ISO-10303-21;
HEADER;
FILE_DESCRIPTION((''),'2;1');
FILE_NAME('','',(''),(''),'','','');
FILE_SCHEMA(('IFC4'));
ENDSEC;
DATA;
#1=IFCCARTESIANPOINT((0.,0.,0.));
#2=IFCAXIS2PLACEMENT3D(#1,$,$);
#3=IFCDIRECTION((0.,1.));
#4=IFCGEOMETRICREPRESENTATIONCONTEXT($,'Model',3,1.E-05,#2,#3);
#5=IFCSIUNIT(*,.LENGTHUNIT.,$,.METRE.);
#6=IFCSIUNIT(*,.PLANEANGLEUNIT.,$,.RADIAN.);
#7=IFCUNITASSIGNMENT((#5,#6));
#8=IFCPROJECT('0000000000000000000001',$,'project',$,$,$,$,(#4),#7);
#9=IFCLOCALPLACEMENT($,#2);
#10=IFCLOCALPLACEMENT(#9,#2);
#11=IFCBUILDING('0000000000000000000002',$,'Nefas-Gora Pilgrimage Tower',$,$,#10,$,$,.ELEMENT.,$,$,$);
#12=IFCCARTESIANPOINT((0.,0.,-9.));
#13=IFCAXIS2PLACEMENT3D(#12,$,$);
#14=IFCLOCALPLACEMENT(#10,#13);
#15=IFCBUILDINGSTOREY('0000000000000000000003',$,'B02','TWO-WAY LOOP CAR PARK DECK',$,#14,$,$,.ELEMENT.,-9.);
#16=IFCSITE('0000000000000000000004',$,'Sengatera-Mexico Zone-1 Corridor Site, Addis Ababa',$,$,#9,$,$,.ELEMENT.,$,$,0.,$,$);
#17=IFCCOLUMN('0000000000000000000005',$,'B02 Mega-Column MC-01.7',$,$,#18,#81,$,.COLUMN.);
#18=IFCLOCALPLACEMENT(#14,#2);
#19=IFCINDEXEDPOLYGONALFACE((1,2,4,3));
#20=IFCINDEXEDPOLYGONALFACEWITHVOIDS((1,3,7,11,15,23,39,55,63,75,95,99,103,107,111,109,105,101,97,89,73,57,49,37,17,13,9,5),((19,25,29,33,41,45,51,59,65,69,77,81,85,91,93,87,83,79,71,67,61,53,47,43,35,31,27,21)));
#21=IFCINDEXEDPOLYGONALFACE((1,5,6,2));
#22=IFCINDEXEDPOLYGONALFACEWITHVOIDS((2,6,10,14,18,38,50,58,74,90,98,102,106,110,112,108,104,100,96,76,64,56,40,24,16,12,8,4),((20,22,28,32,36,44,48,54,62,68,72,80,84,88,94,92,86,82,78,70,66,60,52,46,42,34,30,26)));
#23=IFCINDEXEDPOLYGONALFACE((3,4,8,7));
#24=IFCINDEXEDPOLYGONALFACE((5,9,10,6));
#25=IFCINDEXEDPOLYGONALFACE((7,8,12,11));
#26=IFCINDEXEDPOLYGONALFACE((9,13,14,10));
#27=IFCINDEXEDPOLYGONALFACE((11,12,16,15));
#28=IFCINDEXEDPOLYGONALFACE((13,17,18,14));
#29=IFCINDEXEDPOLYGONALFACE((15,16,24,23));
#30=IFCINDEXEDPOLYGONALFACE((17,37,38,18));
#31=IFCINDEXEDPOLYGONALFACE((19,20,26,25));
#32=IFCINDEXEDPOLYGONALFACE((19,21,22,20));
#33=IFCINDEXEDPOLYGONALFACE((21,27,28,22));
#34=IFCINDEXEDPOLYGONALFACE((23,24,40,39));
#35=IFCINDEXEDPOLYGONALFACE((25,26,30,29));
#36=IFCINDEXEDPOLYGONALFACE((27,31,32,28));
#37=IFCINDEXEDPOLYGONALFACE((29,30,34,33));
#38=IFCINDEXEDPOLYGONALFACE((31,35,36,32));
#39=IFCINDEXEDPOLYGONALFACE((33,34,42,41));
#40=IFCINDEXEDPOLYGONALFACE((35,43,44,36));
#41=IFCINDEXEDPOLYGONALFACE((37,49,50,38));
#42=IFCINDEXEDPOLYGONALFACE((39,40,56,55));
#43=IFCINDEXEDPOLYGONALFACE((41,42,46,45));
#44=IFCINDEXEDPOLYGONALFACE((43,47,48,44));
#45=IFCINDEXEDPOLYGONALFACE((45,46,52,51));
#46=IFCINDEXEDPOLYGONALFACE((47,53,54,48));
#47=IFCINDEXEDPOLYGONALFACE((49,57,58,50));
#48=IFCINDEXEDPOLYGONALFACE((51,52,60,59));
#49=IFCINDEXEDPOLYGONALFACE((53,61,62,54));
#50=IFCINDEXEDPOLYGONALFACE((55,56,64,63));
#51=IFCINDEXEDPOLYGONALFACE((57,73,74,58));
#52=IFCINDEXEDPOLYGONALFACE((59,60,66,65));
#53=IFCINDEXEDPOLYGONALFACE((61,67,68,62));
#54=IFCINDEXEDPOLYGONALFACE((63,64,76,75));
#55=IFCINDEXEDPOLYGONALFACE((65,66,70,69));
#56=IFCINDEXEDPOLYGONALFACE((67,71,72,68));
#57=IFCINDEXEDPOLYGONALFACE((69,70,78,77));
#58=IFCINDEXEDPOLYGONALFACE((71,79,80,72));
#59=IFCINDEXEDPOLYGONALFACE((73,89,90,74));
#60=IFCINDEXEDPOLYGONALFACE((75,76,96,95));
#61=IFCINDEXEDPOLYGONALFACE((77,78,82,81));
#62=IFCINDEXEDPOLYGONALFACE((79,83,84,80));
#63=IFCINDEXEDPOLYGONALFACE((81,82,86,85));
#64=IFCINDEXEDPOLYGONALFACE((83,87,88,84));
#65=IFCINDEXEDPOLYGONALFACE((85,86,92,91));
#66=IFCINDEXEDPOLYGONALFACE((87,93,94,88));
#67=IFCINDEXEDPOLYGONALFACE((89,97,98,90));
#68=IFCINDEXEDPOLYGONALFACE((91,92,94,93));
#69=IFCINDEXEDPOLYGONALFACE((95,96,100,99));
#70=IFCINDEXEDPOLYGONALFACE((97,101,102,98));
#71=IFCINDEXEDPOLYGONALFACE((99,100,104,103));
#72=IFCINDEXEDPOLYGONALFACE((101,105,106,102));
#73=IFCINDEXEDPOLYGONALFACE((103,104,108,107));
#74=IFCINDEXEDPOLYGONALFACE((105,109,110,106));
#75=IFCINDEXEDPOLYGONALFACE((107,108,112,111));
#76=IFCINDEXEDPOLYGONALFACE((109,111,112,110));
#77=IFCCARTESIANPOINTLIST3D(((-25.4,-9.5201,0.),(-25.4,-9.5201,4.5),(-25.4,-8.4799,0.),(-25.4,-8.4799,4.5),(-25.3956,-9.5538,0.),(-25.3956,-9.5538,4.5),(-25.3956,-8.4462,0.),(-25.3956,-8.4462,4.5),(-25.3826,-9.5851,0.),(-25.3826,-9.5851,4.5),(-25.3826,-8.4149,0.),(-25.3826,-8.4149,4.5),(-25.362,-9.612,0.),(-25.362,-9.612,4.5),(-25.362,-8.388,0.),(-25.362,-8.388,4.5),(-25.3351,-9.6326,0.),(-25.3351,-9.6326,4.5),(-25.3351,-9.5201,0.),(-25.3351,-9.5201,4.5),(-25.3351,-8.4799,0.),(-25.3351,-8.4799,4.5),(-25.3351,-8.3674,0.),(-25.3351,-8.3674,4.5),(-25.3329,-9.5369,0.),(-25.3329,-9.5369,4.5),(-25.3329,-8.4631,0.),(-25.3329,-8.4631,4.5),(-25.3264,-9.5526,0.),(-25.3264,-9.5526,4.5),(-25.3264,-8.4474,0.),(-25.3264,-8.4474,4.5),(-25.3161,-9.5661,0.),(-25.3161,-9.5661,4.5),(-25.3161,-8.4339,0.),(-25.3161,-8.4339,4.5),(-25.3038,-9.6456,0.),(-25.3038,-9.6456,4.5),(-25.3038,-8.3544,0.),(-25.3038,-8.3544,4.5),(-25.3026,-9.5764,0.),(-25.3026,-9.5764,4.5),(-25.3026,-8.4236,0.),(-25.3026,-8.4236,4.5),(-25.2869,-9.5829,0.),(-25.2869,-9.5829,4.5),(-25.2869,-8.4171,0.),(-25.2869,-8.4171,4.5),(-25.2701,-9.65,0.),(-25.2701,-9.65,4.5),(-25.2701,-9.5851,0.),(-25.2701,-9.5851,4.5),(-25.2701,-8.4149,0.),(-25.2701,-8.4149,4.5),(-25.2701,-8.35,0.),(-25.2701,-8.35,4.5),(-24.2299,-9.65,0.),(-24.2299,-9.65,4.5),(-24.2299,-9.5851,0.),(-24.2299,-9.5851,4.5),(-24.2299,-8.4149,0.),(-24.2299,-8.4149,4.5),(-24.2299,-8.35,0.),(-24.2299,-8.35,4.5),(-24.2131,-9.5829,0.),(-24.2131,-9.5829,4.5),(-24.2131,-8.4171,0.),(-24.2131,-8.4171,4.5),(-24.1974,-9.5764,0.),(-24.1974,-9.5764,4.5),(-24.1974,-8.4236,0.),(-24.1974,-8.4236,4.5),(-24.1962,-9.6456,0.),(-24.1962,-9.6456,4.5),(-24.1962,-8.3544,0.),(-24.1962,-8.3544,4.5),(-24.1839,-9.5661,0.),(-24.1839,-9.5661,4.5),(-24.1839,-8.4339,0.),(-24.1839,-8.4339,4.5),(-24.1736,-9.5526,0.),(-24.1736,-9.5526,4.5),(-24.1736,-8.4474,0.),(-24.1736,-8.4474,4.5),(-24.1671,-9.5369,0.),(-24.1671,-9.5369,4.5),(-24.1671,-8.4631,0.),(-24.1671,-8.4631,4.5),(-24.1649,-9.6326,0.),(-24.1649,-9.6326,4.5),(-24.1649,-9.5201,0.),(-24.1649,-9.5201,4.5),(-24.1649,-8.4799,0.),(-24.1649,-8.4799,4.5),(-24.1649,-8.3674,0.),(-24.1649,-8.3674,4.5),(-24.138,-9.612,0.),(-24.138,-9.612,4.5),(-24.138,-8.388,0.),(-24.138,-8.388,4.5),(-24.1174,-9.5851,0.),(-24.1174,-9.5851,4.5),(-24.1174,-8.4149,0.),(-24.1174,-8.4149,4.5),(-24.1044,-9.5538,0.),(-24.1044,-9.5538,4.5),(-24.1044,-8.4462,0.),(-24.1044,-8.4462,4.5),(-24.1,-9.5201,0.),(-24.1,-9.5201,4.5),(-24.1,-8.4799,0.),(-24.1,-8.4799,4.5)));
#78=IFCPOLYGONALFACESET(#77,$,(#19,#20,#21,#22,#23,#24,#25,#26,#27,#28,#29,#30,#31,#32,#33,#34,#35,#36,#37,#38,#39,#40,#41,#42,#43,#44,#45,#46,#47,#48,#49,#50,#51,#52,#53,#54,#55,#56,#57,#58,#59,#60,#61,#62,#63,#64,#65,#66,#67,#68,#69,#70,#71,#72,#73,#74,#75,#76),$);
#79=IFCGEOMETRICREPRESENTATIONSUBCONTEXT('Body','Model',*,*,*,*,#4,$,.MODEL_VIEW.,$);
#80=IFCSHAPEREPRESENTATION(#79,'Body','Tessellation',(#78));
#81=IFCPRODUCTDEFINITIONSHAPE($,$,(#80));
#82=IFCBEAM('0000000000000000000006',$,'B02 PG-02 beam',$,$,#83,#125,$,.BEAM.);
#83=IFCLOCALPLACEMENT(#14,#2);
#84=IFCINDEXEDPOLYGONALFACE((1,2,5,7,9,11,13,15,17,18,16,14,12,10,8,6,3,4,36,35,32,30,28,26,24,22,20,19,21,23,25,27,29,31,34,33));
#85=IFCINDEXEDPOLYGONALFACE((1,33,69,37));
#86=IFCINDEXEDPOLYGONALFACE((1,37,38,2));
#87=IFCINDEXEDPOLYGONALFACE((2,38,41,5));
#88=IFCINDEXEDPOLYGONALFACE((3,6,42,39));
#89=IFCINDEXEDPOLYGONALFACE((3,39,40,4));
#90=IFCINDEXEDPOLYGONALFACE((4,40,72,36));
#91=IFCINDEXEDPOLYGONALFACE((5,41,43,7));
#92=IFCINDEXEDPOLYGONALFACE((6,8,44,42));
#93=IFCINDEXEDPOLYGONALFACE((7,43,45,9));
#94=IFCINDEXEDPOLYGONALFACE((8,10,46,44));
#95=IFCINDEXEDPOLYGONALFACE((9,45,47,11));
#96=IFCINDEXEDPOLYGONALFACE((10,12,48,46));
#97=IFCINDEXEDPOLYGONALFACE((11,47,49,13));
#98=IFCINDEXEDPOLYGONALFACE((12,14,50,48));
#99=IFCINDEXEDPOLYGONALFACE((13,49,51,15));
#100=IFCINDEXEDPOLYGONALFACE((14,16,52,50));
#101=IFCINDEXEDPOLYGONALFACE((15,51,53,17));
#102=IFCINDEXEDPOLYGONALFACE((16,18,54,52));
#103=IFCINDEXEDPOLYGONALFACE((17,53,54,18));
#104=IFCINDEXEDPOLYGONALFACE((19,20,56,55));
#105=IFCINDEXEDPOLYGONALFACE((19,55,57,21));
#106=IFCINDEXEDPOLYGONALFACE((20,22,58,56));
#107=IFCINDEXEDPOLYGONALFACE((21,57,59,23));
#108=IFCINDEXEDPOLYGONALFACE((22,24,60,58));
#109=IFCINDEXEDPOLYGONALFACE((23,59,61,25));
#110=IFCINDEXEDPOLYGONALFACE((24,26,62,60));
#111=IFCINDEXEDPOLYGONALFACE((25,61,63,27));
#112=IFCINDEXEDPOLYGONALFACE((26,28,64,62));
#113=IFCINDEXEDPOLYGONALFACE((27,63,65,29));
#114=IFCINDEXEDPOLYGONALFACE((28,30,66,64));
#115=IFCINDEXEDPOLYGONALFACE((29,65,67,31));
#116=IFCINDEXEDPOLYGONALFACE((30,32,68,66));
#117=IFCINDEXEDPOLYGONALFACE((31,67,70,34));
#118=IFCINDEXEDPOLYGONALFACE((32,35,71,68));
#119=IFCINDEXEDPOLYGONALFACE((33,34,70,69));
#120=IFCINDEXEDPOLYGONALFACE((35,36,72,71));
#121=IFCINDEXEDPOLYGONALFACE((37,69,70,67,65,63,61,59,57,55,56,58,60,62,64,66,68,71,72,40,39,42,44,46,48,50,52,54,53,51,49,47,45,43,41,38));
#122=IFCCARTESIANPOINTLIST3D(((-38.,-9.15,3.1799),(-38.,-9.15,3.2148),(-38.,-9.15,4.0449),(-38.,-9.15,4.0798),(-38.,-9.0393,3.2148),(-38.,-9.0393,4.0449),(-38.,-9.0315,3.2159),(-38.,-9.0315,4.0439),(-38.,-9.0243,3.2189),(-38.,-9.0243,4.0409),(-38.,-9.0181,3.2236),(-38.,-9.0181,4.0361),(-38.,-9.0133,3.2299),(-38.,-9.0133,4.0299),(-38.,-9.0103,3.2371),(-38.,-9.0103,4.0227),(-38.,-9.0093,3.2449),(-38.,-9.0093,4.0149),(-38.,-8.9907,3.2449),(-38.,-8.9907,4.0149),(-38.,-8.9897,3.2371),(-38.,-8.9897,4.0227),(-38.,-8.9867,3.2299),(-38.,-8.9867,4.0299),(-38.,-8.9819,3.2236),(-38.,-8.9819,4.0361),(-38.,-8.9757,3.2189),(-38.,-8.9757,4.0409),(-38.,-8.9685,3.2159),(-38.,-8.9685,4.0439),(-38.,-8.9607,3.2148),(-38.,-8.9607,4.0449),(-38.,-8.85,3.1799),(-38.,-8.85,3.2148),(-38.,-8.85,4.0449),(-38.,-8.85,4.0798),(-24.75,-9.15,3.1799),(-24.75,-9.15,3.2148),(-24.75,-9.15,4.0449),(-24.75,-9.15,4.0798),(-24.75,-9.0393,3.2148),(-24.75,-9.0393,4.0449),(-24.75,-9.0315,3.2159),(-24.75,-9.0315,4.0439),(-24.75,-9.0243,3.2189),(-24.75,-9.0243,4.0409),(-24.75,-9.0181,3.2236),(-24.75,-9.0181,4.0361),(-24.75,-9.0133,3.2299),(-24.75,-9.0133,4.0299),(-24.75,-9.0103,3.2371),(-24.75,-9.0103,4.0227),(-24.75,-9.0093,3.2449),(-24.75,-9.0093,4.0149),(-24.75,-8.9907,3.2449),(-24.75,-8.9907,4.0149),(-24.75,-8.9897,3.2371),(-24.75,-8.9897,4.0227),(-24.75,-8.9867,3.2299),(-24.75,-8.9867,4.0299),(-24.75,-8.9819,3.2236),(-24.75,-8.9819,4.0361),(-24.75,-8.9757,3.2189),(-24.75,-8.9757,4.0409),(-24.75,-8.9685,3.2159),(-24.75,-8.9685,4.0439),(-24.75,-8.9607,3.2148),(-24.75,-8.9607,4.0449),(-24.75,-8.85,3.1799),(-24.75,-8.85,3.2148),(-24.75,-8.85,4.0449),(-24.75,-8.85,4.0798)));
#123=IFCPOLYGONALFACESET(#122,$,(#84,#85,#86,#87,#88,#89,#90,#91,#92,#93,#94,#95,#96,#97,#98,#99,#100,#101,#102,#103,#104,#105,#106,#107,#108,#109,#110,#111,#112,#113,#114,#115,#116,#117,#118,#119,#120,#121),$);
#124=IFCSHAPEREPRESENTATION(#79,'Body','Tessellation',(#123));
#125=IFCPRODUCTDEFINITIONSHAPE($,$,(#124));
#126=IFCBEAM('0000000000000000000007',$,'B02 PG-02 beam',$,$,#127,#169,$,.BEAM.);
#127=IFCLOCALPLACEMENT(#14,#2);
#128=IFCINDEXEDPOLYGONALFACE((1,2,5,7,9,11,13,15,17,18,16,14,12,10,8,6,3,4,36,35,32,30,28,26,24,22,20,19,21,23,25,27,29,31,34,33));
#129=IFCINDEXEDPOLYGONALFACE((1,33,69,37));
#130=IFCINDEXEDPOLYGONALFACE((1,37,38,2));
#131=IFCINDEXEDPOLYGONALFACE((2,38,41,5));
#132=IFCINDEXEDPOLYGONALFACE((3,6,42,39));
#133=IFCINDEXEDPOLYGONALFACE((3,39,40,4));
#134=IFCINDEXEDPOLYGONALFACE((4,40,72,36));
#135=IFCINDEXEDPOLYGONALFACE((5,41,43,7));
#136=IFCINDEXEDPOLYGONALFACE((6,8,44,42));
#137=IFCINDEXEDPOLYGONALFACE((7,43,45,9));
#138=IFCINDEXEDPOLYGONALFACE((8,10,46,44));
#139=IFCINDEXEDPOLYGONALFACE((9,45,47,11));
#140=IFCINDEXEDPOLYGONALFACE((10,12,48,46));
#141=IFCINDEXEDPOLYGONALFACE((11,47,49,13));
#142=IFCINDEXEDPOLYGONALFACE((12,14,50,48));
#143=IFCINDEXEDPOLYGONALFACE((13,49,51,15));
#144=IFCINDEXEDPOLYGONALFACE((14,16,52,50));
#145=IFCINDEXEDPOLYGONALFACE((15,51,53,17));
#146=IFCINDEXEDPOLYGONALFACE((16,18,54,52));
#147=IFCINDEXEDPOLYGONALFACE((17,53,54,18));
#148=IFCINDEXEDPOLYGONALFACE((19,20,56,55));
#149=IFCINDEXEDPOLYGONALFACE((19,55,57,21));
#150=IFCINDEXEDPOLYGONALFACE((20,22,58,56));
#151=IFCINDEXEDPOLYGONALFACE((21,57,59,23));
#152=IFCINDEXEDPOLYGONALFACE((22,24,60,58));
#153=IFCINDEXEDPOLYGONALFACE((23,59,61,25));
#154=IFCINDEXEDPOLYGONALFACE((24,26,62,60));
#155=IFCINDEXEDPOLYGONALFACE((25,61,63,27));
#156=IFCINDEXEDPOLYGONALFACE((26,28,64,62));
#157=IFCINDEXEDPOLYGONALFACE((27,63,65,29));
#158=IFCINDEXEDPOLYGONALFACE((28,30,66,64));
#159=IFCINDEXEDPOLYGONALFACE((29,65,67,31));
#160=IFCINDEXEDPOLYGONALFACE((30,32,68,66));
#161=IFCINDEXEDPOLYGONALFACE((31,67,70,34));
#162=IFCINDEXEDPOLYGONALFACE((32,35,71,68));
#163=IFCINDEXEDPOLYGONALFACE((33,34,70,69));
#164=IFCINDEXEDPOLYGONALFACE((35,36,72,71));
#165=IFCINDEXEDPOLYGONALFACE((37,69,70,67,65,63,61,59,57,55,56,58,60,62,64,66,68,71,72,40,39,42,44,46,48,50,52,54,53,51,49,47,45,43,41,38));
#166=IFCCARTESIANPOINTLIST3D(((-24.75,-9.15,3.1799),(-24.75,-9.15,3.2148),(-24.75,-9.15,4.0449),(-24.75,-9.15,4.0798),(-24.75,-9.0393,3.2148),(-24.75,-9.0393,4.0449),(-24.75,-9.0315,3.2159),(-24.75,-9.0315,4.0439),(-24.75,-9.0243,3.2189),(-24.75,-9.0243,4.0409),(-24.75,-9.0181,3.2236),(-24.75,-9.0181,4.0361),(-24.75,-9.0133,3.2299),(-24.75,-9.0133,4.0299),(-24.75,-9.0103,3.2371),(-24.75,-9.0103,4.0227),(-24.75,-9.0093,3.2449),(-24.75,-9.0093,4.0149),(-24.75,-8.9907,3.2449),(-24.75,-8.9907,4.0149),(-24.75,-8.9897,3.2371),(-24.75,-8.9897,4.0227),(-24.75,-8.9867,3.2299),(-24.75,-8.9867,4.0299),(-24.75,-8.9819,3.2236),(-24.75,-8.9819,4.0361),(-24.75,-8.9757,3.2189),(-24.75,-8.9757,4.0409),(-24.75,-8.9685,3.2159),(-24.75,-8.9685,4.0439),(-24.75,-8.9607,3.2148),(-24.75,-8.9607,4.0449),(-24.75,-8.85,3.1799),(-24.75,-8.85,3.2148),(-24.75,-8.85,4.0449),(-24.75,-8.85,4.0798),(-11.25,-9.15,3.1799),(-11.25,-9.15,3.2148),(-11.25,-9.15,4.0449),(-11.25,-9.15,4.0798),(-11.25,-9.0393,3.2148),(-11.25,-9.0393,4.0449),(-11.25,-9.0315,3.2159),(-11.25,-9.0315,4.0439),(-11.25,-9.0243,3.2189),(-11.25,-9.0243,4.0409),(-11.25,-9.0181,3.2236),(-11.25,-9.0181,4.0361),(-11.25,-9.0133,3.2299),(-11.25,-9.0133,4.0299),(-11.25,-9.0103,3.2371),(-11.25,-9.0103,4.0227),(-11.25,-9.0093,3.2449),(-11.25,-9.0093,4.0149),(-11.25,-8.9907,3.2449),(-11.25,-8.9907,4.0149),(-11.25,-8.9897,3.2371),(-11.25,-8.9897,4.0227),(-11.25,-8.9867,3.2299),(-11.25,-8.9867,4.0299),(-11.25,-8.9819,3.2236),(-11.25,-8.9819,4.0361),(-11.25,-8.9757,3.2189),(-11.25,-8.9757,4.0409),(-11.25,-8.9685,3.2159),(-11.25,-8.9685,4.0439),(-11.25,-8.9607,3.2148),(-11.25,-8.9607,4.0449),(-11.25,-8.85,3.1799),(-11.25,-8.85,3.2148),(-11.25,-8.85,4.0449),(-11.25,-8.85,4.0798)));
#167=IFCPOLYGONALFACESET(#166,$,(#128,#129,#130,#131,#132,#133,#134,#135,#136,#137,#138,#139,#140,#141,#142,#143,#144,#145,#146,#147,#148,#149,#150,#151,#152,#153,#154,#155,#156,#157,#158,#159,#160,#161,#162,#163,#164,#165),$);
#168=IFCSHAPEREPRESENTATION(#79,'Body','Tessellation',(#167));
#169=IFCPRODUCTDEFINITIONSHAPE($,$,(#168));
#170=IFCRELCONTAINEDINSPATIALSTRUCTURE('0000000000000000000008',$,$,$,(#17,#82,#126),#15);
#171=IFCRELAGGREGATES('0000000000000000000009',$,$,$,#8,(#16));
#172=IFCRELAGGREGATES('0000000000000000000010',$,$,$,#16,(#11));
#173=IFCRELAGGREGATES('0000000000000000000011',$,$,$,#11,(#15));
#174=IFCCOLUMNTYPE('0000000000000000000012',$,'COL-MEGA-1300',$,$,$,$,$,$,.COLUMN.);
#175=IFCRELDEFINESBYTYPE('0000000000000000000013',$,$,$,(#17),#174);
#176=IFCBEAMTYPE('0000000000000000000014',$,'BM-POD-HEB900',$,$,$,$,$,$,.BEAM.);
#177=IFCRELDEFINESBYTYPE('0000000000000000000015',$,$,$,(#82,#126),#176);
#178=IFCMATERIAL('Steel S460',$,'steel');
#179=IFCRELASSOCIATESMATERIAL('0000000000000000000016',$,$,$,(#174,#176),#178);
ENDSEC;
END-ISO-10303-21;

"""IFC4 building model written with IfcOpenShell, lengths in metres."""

from ifc_helpers import new_model, si_unit, direction, frame, origin, origin_2d, place, context, subcontext, project, spatial, hollow_rectangle, i_section, extrude, source, transform, mapped, material, material_profile, profile_set, type_object, element, save


model = new_model("IFC4")

# Units and contexts
model_context = context("Model", 3, precision=1e-05, world=origin(), true_north=direction((0.0, 1.0)))
body_context = subcontext(model_context, "Body", "Model", "MODEL_VIEW")
ifc_project = project(units=[si_unit("LENGTHUNIT", "METRE"), si_unit("PLANEANGLEUNIT", "RADIAN")], contexts=[model_context])

# Site, building, storey
site_placement = place(None, origin())
site = spatial("IfcSite", under=ifc_project, at=site_placement, Name="Sengatera-Mexico Zone-1 Corridor Site, Addis Ababa", CompositionType="ELEMENT", RefElevation=0.0)
building_placement = place(site_placement, origin())
building = spatial("IfcBuilding", under=site, at=building_placement, Name="Nefas-Gora Pilgrimage Tower", CompositionType="ELEMENT")
storey_placement = place(building_placement, frame((0.0, 0.0, -9.0)))
storey = spatial("IfcBuildingStorey", under=building, at=storey_placement, Name="B02", Description="TWO-WAY LOOP CAR PARK DECK", CompositionType="ELEMENT", Elevation=-9.0)

# Column
ifc_material_1 = material(Name="Steel S460", Category="steel")
ifc_material_profile_1 = material_profile(ifc_material_1, hollow_rectangle(XDim=1.3, YDim=1.3, WallThickness=0.0649, InnerFilletRadius=0.0649, OuterFilletRadius=0.1299, at=origin_2d()), Name="BOX 1300x1300x65")
ifc_profile_set_1 = profile_set([ifc_material_profile_1], Name="Steel S460")
column_type_1 = type_object("IfcColumnType", Name="COL-MEGA-1300", PredefinedType="COLUMN", material=ifc_profile_set_1)
shared_shape_1 = source(origin(), body_context, "Body", "SweptSolid", [
    extrude(hollow_rectangle(XDim=1.3, YDim=1.3, WallThickness=0.0649, InnerFilletRadius=0.0649, OuterFilletRadius=0.1299, at=origin_2d()), origin(), (0.0, 0.0, 1.0), 4.5),
])
column_1_placement = place(storey_placement, frame((-24.75, -9.0, 0.0), z_axis=(0.0, 0.0, 1.0), x_axis=(1.0, 0.0, 0.0)))
element("IfcColumn", 1, at=column_1_placement, inside=storey, type_object=column_type_1, Name="B02 Mega-Column MC-01.7", PredefinedType="COLUMN", context=body_context, shape_type="MappedRepresentation", body=[
    mapped(shared_shape_1, transform((0.0, 0.0, 0.0), x_axis=(1.0, 0.0, 0.0), y_axis=(0.0, 1.0, 0.0), z_axis=(0.0, 0.0, 1.0), scale=1.0)),
])

# Beams
ifc_material_profile_2 = material_profile(ifc_material_1, i_section(OverallWidth=0.3, OverallDepth=0.8999, WebThickness=0.0186, FlangeThickness=0.0349, FilletRadius=0.03, at=origin_2d()), Name="HEB 900")
ifc_profile_set_2 = profile_set([ifc_material_profile_2], Name="Steel S460")
beam_type_1 = type_object("IfcBeamType", Name="BM-POD-HEB900", PredefinedType="BEAM", material=ifc_profile_set_2)
shared_shape_2 = source(origin(), body_context, "Body", "SweptSolid", [
    extrude(i_section(OverallWidth=0.3, OverallDepth=0.8999, WebThickness=0.0186, FlangeThickness=0.0349, FilletRadius=0.03, at=origin_2d()), origin(), (0.0, 0.0, 1.0), 13.25),
])
beam_1_placement = place(storey_placement, frame((-38.0, -9.0, 3.6299), z_axis=(1.0, 0.0, 0.0), x_axis=(0.0, 1.0, 0.0)))
element("IfcBeam", 2, at=beam_1_placement, inside=storey, type_object=beam_type_1, Name="B02 PG-02 beam", PredefinedType="BEAM", context=body_context, shape_type="MappedRepresentation", body=[
    mapped(shared_shape_2, transform((0.0, 0.0, 0.0), x_axis=(1.0, 0.0, 0.0), y_axis=(0.0, 1.0, 0.0), z_axis=(0.0, 0.0, 1.0), scale=1.0)),
])
shared_shape_3 = source(origin(), body_context, "Body", "SweptSolid", [
    extrude(i_section(OverallWidth=0.3, OverallDepth=0.8999, WebThickness=0.0186, FlangeThickness=0.0349, FilletRadius=0.03, at=origin_2d()), origin(), (0.0, 0.0, 1.0), 13.5),
])
beam_2_placement = place(storey_placement, frame((-24.75, -9.0, 3.6299), z_axis=(1.0, 0.0, 0.0), x_axis=(0.0, 1.0, 0.0)))
element("IfcBeam", 3, at=beam_2_placement, inside=storey, type_object=beam_type_1, Name="B02 PG-02 beam", PredefinedType="BEAM", context=body_context, shape_type="MappedRepresentation", body=[
    mapped(shared_shape_3, transform((0.0, 0.0, 0.0), x_axis=(1.0, 0.0, 0.0), y_axis=(0.0, 1.0, 0.0), z_axis=(0.0, 0.0, 1.0), scale=1.0)),
])

save(model, "model.ifc")
